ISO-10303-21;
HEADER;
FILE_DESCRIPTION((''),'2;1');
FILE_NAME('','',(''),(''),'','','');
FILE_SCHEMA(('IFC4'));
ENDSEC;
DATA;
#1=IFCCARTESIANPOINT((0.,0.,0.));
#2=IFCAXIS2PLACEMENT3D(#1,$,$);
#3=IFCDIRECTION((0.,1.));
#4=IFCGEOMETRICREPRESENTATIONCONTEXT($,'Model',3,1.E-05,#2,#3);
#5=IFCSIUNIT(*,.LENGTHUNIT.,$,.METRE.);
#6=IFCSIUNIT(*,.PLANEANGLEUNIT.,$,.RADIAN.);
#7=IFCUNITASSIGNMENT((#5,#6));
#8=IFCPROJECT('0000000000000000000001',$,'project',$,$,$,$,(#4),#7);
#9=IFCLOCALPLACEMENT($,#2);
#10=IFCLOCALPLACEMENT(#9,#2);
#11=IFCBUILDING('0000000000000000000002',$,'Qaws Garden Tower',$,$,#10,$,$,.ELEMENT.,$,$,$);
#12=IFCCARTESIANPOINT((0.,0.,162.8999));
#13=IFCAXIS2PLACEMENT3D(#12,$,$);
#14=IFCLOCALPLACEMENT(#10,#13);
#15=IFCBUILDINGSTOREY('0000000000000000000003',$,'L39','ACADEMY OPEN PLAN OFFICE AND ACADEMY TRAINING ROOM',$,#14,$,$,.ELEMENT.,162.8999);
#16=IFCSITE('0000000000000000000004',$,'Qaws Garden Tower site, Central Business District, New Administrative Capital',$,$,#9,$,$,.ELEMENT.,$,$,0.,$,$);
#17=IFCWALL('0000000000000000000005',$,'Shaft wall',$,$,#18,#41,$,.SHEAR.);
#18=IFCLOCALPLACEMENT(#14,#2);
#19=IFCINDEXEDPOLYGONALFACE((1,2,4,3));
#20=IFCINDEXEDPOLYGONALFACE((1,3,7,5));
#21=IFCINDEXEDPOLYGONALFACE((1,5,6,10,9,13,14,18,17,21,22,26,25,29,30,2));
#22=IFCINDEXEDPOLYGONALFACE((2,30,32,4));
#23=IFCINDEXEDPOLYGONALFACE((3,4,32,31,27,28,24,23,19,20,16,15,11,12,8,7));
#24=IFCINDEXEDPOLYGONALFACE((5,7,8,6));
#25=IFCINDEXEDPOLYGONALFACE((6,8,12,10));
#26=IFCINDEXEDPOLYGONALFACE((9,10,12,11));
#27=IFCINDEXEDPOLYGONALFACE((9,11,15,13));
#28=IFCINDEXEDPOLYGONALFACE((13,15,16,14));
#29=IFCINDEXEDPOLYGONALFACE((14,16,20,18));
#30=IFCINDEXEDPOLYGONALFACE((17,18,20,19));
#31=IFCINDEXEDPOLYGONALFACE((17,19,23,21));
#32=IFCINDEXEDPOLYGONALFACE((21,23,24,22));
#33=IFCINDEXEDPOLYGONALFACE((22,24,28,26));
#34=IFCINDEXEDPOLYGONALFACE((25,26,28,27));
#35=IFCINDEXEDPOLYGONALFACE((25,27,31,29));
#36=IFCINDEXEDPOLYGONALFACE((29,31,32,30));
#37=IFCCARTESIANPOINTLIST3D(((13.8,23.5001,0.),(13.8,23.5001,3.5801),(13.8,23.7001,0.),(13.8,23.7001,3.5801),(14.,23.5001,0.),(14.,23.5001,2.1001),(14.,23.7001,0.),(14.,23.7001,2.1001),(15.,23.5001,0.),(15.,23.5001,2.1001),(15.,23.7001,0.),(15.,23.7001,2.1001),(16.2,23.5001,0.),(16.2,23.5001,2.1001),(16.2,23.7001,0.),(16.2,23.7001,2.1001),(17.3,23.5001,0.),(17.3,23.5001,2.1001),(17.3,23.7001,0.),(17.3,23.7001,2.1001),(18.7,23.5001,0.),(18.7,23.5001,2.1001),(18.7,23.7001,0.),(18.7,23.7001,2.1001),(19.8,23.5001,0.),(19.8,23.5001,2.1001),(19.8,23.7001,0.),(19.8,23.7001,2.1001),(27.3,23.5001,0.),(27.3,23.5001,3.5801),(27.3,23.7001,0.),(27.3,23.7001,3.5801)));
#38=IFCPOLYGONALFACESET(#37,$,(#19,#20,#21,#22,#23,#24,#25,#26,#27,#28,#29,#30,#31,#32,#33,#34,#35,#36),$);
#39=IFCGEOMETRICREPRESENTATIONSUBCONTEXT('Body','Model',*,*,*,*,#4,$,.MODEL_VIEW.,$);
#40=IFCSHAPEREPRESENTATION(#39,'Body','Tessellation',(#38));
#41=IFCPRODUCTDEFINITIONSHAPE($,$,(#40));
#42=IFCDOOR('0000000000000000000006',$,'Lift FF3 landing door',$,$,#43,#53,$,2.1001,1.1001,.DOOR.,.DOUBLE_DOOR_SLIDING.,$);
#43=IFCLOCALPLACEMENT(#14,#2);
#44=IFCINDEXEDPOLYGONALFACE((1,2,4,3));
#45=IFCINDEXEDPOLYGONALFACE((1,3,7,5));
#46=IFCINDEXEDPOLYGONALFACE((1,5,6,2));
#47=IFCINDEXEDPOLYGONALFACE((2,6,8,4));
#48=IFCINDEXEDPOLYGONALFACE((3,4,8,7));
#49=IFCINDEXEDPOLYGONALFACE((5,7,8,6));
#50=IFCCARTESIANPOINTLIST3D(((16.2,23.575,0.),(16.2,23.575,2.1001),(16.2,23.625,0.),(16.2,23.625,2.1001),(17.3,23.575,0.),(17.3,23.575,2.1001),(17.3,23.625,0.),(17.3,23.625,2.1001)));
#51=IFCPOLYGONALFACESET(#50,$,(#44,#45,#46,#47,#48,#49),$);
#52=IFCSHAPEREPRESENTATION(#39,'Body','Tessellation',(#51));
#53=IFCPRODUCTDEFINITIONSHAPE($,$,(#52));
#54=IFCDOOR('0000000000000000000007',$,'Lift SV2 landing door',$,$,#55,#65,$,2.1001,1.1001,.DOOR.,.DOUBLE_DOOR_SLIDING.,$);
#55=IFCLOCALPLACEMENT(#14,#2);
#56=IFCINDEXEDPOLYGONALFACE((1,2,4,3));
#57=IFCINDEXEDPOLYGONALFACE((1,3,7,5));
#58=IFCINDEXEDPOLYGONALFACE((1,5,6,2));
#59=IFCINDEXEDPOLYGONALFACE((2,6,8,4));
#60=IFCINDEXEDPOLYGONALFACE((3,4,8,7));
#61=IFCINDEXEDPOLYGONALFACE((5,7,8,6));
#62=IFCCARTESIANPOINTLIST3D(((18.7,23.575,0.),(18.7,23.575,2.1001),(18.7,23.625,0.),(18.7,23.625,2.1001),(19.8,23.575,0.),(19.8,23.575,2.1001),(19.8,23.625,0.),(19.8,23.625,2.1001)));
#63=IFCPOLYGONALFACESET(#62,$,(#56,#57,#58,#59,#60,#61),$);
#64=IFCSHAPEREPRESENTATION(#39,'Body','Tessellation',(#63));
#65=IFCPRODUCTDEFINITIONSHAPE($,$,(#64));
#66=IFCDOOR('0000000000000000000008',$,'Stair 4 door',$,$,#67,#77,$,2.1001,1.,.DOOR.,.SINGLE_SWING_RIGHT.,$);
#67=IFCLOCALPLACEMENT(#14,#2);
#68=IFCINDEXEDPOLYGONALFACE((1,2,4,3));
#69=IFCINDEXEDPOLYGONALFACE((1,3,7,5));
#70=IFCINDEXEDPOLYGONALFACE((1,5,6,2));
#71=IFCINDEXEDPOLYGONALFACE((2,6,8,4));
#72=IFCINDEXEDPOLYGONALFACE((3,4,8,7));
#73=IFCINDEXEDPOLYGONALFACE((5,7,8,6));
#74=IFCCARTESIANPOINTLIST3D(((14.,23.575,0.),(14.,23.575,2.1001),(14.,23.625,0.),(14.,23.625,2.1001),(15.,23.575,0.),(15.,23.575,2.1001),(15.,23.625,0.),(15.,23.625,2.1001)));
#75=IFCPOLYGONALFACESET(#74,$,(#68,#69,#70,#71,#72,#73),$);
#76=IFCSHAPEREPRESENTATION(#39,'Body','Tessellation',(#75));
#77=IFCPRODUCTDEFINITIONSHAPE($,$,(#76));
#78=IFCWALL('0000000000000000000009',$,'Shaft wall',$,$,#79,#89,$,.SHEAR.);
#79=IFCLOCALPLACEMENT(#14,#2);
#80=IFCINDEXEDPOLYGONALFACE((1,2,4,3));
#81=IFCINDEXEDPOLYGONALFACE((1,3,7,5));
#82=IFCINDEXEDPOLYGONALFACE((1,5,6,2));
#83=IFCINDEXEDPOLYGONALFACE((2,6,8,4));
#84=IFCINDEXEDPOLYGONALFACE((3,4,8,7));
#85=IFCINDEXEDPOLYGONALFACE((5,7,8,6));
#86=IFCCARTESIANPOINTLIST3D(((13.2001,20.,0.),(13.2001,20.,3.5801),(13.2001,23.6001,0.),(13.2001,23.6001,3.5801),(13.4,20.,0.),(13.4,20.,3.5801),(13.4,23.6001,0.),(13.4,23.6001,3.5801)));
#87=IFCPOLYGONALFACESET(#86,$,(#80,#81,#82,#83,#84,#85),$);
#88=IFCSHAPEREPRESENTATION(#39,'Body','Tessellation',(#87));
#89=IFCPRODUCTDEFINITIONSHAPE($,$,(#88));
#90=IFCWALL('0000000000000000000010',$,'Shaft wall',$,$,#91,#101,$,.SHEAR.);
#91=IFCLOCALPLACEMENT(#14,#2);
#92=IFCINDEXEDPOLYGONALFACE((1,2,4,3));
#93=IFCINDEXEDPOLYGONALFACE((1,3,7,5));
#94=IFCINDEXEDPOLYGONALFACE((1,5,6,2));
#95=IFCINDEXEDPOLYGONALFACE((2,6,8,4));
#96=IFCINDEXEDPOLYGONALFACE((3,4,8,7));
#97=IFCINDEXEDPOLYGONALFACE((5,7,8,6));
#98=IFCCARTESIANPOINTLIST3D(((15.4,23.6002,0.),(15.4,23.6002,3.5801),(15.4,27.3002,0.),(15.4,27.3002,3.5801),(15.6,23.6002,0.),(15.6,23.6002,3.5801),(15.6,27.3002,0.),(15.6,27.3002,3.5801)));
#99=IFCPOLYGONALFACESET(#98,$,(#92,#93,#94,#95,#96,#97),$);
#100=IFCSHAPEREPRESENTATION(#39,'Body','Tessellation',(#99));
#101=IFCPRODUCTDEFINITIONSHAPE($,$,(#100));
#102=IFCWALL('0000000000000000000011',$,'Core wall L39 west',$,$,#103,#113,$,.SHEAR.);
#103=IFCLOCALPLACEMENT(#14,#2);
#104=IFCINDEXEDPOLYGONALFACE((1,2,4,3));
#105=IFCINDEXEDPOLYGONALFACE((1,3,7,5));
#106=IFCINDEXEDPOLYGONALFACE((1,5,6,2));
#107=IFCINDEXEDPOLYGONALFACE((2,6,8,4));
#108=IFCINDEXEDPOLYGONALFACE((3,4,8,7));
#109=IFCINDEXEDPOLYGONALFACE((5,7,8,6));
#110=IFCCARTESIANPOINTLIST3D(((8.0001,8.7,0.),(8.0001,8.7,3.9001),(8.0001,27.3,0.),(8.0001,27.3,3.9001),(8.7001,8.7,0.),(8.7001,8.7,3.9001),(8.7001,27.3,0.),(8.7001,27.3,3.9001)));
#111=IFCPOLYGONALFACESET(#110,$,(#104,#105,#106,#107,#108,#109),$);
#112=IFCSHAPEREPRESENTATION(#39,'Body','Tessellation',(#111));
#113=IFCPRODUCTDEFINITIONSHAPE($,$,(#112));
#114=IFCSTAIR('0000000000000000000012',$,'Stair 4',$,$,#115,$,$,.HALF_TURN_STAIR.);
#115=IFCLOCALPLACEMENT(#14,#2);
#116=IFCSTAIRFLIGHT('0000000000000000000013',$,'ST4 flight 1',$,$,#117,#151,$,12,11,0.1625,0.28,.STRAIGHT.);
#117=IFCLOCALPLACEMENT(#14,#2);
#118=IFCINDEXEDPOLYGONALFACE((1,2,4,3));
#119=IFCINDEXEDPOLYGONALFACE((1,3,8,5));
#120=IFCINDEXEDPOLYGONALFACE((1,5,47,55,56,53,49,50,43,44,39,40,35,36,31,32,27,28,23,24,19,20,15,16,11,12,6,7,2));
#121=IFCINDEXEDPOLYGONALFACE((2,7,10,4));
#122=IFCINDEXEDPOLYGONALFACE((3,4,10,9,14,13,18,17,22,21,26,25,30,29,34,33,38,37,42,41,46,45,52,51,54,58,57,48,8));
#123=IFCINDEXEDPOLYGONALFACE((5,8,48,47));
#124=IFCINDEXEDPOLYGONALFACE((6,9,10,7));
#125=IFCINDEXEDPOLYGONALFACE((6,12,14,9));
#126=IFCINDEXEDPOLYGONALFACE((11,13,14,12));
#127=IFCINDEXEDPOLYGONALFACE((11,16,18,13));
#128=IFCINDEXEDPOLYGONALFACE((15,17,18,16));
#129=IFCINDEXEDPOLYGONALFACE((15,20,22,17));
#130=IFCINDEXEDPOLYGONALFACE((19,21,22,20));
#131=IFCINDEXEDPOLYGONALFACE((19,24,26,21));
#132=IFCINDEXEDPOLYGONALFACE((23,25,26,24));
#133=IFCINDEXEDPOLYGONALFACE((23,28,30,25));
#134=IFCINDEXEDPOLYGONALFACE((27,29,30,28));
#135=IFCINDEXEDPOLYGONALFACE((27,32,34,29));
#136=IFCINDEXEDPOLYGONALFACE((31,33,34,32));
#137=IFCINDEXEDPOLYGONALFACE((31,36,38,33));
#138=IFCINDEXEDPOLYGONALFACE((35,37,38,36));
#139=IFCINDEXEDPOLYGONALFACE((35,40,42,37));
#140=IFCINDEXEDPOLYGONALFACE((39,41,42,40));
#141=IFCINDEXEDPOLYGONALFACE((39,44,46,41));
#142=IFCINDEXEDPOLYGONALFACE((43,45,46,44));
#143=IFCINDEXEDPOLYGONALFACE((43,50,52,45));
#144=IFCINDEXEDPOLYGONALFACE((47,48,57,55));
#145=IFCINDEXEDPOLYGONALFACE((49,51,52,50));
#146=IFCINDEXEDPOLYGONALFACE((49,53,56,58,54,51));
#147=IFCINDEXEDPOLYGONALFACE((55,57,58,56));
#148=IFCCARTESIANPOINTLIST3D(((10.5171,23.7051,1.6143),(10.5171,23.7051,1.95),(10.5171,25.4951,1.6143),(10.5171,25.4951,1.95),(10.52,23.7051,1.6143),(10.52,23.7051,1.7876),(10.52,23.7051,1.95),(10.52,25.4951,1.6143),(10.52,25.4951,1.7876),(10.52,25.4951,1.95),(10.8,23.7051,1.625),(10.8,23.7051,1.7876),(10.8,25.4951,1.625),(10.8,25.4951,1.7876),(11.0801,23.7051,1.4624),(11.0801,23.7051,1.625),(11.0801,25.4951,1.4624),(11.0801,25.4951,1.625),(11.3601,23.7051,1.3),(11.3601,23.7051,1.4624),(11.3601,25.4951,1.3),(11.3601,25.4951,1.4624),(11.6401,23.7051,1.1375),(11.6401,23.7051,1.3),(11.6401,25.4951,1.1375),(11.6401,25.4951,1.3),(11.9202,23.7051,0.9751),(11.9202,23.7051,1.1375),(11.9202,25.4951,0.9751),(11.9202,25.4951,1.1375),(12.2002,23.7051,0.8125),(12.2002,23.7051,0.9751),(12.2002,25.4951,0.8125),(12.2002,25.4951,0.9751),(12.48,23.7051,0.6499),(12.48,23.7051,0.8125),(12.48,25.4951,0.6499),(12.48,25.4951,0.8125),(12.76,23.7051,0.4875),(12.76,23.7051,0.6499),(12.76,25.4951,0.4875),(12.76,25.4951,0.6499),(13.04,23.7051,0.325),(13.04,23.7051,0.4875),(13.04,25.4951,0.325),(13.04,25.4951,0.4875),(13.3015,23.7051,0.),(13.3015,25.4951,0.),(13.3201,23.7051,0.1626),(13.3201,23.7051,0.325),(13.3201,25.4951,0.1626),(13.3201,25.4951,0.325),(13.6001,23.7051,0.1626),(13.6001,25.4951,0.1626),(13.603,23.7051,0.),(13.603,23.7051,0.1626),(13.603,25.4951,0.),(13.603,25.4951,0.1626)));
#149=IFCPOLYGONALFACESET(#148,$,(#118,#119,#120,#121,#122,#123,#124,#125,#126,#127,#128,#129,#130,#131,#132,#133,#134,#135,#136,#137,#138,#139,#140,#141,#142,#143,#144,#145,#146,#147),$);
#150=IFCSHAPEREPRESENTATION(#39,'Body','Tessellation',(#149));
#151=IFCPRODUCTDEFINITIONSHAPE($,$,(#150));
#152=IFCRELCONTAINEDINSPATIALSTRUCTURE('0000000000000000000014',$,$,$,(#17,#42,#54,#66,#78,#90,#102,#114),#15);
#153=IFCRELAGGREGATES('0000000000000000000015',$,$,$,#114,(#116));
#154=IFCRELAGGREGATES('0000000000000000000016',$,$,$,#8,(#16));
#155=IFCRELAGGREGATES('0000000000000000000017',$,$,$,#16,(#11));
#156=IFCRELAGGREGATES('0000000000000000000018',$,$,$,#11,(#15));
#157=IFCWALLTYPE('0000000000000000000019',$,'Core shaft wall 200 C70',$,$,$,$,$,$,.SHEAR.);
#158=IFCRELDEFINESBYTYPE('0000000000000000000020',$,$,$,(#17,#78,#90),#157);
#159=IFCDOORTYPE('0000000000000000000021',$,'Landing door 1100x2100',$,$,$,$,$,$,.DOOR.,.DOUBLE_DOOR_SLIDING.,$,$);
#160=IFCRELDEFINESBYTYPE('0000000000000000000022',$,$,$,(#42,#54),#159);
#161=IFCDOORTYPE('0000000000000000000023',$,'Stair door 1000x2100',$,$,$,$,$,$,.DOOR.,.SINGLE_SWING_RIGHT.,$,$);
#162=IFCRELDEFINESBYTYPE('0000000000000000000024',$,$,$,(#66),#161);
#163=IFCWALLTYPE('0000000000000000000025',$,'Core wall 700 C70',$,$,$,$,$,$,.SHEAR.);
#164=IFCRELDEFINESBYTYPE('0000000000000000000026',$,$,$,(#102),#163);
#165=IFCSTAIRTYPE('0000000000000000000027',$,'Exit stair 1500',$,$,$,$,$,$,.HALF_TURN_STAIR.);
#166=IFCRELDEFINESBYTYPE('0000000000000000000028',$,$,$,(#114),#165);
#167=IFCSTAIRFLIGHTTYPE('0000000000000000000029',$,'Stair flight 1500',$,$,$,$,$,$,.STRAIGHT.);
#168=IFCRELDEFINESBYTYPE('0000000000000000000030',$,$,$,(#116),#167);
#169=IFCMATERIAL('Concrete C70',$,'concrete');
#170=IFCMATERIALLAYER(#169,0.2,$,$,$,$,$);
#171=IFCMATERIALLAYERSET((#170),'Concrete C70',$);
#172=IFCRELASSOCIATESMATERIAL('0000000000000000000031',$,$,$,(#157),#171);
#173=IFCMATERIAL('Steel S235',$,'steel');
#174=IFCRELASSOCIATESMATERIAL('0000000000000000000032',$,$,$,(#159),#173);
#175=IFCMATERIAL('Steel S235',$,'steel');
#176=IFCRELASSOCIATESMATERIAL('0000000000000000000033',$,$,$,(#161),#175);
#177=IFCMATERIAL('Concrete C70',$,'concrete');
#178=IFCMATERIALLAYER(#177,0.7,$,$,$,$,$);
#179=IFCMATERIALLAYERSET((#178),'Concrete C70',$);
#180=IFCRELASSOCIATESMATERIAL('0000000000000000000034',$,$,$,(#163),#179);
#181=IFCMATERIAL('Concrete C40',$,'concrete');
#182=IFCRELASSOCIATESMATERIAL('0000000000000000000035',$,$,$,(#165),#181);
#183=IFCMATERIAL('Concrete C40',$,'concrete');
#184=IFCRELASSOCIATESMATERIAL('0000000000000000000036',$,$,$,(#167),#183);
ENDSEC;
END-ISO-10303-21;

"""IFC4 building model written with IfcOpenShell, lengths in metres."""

from ifc_helpers import new_model, si_unit, direction, frame, frame_2d, origin, place, context, subcontext, project, spatial, polyline, rectangle, outline, extrude, material, layer, layer_set, type_object, element, fill, aggregate, save


model = new_model("IFC4")

# Units and contexts
model_context = context("Model", 3, precision=1e-05, world=origin(), true_north=direction((0.0, 1.0)))
body_context = subcontext(model_context, "Body", "Model", "MODEL_VIEW")
ifc_project = project(units=[si_unit("LENGTHUNIT", "METRE"), si_unit("PLANEANGLEUNIT", "RADIAN")], contexts=[model_context])

# Site, building, storey
site_placement = place(None, origin())
site = spatial("IfcSite", under=ifc_project, at=site_placement, Name="Qaws Garden Tower site, Central Business District, New Administrative Capital", CompositionType="ELEMENT", RefElevation=0.0)
building_placement = place(site_placement, origin())
building = spatial("IfcBuilding", under=site, at=building_placement, Name="Qaws Garden Tower", CompositionType="ELEMENT")
storey_placement = place(building_placement, frame((0.0, 0.0, 162.8999)))
storey = spatial("IfcBuildingStorey", under=building, at=storey_placement, Name="L39", Description="ACADEMY OPEN PLAN OFFICE AND ACADEMY TRAINING ROOM", CompositionType="ELEMENT", Elevation=162.8999)

# Shared definitions
ifc_material_1 = material(Name="Concrete C70", Category="concrete")
ifc_layer_1 = layer(ifc_material_1, 0.2)
ifc_layer_set_1 = layer_set([ifc_layer_1], Name="Concrete C70")
wall_type_1 = type_object("IfcWallType", Name="Core shaft wall 200 C70", PredefinedType="SHEAR", material=ifc_layer_set_1)

# Wall, openings, doors
wall_1_placement = place(storey_placement, frame((13.8, 23.6001, 0.0), z_axis=(0.0, 0.0, 1.0), x_axis=(1.0, 0.0, 0.0)))
wall_1 = element("IfcWall", 1, at=wall_1_placement, inside=storey, type_object=wall_type_1, Name="Shaft wall", PredefinedType="SHEAR", context=body_context, shape_type="SweptSolid", body=[
    extrude(rectangle(XDim=13.5, YDim=0.2, at=frame_2d((6.75, 0.0))), origin(), (0.0, 0.0, 1.0), 3.5801),
])
opening_1_placement = place(wall_1_placement, frame((2.3999, 0.0, 0.0)))
opening_1 = element("IfcOpeningElement", 2, at=opening_1_placement, cuts=wall_1, PredefinedType="OPENING", context=body_context, shape_type="SweptSolid", body=[
    extrude(rectangle(XDim=1.1001, YDim=2.1001, at=frame_2d((0.55, 1.05))), frame((0.0, 0.1099, 0.0), z_axis=(0.0, -1.0, 0.0), x_axis=(1.0, 0.0, 0.0)), (0.0, 0.0, 1.0), 0.22),
])
opening_2_placement = place(wall_1_placement, frame((4.8999, 0.0, 0.0)))
opening_2 = element("IfcOpeningElement", 3, at=opening_2_placement, cuts=wall_1, PredefinedType="OPENING", context=body_context, shape_type="SweptSolid", body=[
    extrude(rectangle(XDim=1.1001, YDim=2.1001, at=frame_2d((0.55, 1.05))), frame((0.0, 0.1099, 0.0), z_axis=(0.0, -1.0, 0.0), x_axis=(1.0, 0.0, 0.0)), (0.0, 0.0, 1.0), 0.22),
])
opening_3_placement = place(wall_1_placement, frame((0.2, 0.0, 0.0)))
opening_3 = element("IfcOpeningElement", 4, at=opening_3_placement, cuts=wall_1, PredefinedType="OPENING", context=body_context, shape_type="SweptSolid", body=[
    extrude(rectangle(XDim=1.0, YDim=2.1001, at=frame_2d((0.5, 1.05))), frame((0.0, 0.1099, 0.0), z_axis=(0.0, -1.0, 0.0), x_axis=(1.0, 0.0, 0.0)), (0.0, 0.0, 1.0), 0.22),
])
ifc_material_2 = material(Name="Steel S235", Category="steel")
door_type_1 = type_object("IfcDoorType", Name="Landing door 1100x2100", OperationType="DOUBLE_DOOR_SLIDING", PredefinedType="DOOR", material=ifc_material_2)
door_1_placement = place(opening_1_placement, origin())
door_1 = element("IfcDoor", 5, at=door_1_placement, inside=storey, type_object=door_type_1, Name="Lift FF3 landing door", OperationType="DOUBLE_DOOR_SLIDING", OverallHeight=2.1001, OverallWidth=1.1001, PredefinedType="DOOR", context=body_context, shape_type="SweptSolid", body=[
    extrude(rectangle(XDim=1.1001, YDim=2.1001, at=frame_2d((0.55, 1.05))), frame((0.0, 0.0249, 0.0), z_axis=(0.0, -1.0, 0.0), x_axis=(1.0, 0.0, 0.0)), (0.0, 0.0, 1.0), 0.05),
])
fill(opening_1, door_1)
door_2_placement = place(opening_2_placement, origin())
door_2 = element("IfcDoor", 6, at=door_2_placement, inside=storey, type_object=door_type_1, Name="Lift SV2 landing door", OperationType="DOUBLE_DOOR_SLIDING", OverallHeight=2.1001, OverallWidth=1.1001, PredefinedType="DOOR", context=body_context, shape_type="SweptSolid", body=[
    extrude(rectangle(XDim=1.1001, YDim=2.1001, at=frame_2d((0.55, 1.05))), frame((0.0, 0.0249, 0.0), z_axis=(0.0, -1.0, 0.0), x_axis=(1.0, 0.0, 0.0)), (0.0, 0.0, 1.0), 0.05),
])
fill(opening_2, door_2)
ifc_material_3 = material(Name="Steel S235", Category="steel")
door_type_2 = type_object("IfcDoorType", Name="Stair door 1000x2100", OperationType="SINGLE_SWING_RIGHT", PredefinedType="DOOR", material=ifc_material_3)
door_3_placement = place(opening_3_placement, origin())
door_3 = element("IfcDoor", 7, at=door_3_placement, inside=storey, type_object=door_type_2, Name="Stair 4 door", OperationType="SINGLE_SWING_RIGHT", OverallHeight=2.1001, OverallWidth=1.0, PredefinedType="DOOR", context=body_context, shape_type="SweptSolid", body=[
    extrude(rectangle(XDim=1.0, YDim=2.1001, at=frame_2d((0.5, 1.05))), frame((0.0, 0.0249, 0.0), z_axis=(0.0, -1.0, 0.0), x_axis=(1.0, 0.0, 0.0)), (0.0, 0.0, 1.0), 0.05),
])
fill(opening_3, door_3)

# Walls
wall_2_placement = place(storey_placement, frame((13.3, 20.0, 0.0), z_axis=(0.0, 0.0, 1.0), x_axis=(0.0, 1.0, 0.0)))
element("IfcWall", 8, at=wall_2_placement, inside=storey, type_object=wall_type_1, Name="Shaft wall", PredefinedType="SHEAR", context=body_context, shape_type="SweptSolid", body=[
    extrude(rectangle(XDim=3.6001, YDim=0.2, at=frame_2d((1.8, 0.0))), origin(), (0.0, 0.0, 1.0), 3.5801),
])
wall_3_placement = place(storey_placement, frame((15.5, 23.6001, 0.0), z_axis=(0.0, 0.0, 1.0), x_axis=(0.0, 1.0, 0.0)))
element("IfcWall", 9, at=wall_3_placement, inside=storey, type_object=wall_type_1, Name="Shaft wall", PredefinedType="SHEAR", context=body_context, shape_type="SweptSolid", body=[
    extrude(rectangle(XDim=3.7, YDim=0.2, at=frame_2d((1.8501, 0.0))), origin(), (0.0, 0.0, 1.0), 3.5801),
])
ifc_material_4 = material(Name="Concrete C70", Category="concrete")
ifc_layer_2 = layer(ifc_material_4, 0.7)
ifc_layer_set_2 = layer_set([ifc_layer_2], Name="Concrete C70")
wall_type_2 = type_object("IfcWallType", Name="Core wall 700 C70", PredefinedType="SHEAR", material=ifc_layer_set_2)
wall_4_placement = place(storey_placement, frame((8.3501, 27.3, 0.0), z_axis=(0.0, 0.0, 1.0), x_axis=(0.0, -1.0, 0.0)))
element("IfcWall", 10, at=wall_4_placement, inside=storey, type_object=wall_type_2, Name="Core wall L39 west", PredefinedType="SHEAR", context=body_context, shape_type="SweptSolid", body=[
    extrude(rectangle(XDim=18.6001, YDim=0.7, at=frame_2d((9.3, 0.0))), origin(), (0.0, 0.0, 1.0), 3.9001),
])

# Stair, stair flight
ifc_material_5 = material(Name="Concrete C40", Category="concrete")
stair_type = type_object("IfcStairType", Name="Exit stair 1500", PredefinedType="HALF_TURN_STAIR", material=ifc_material_5)
stair_placement = place(storey_placement, origin())
stair = element("IfcStair", 11, at=stair_placement, inside=storey, type_object=stair_type, Name="Stair 4", PredefinedType="HALF_TURN_STAIR")
ifc_material_6 = material(Name="Concrete C40", Category="concrete")
stair_flight_type = type_object("IfcStairFlightType", Name="Stair flight 1500", PredefinedType="STRAIGHT", material=ifc_material_6)
stair_flight_1_placement = place(storey_placement, frame((13.6001, 24.6001, 0.0), z_axis=(0.0, 0.0, 1.0), x_axis=(-1.0, 0.0, 0.0)))
stair_flight_1 = element("IfcStairFlight", 12, at=stair_flight_1_placement, type_object=stair_flight_type, Name="ST4 flight 1", NumberOfRisers=12, NumberOfTreads=11, PredefinedType="STRAIGHT", RiserHeight=0.1625, TreadLength=0.28, context=body_context, shape_type="SweptSolid", body=[
    extrude(outline(polyline([(-0.0029, 0.0), (-0.0029, 0.1626), (0.0, 0.1626), (0.28, 0.1626), (0.28, 0.325), (0.5601, 0.325), (0.5601, 0.4875), (0.8401, 0.4875), (0.8401, 0.6499), (1.1201, 0.6499), (1.1201, 0.8125), (1.3999, 0.8125), (1.3999, 0.9751), (1.6799, 0.9751), (1.6799, 1.1375), (1.96, 1.1375), (1.96, 1.3), (2.24, 1.3), (2.24, 1.4624), (2.52, 1.4624), (2.52, 1.625), (2.8, 1.625), (2.8, 1.7876), (3.0801, 1.7876), (3.0801, 1.95), (3.083, 1.95), (3.083, 1.6143), (3.0801, 1.6143), (0.2986, 0.0), (-0.0029, 0.0)])), frame((0.0, 0.895, 0.0), z_axis=(0.0, -1.0, 0.0), x_axis=(1.0, 0.0, 0.0)), (0.0, 0.0, 1.0), 1.79),
])
aggregate(stair, [stair_flight_1])

save(model, "model.ifc")
